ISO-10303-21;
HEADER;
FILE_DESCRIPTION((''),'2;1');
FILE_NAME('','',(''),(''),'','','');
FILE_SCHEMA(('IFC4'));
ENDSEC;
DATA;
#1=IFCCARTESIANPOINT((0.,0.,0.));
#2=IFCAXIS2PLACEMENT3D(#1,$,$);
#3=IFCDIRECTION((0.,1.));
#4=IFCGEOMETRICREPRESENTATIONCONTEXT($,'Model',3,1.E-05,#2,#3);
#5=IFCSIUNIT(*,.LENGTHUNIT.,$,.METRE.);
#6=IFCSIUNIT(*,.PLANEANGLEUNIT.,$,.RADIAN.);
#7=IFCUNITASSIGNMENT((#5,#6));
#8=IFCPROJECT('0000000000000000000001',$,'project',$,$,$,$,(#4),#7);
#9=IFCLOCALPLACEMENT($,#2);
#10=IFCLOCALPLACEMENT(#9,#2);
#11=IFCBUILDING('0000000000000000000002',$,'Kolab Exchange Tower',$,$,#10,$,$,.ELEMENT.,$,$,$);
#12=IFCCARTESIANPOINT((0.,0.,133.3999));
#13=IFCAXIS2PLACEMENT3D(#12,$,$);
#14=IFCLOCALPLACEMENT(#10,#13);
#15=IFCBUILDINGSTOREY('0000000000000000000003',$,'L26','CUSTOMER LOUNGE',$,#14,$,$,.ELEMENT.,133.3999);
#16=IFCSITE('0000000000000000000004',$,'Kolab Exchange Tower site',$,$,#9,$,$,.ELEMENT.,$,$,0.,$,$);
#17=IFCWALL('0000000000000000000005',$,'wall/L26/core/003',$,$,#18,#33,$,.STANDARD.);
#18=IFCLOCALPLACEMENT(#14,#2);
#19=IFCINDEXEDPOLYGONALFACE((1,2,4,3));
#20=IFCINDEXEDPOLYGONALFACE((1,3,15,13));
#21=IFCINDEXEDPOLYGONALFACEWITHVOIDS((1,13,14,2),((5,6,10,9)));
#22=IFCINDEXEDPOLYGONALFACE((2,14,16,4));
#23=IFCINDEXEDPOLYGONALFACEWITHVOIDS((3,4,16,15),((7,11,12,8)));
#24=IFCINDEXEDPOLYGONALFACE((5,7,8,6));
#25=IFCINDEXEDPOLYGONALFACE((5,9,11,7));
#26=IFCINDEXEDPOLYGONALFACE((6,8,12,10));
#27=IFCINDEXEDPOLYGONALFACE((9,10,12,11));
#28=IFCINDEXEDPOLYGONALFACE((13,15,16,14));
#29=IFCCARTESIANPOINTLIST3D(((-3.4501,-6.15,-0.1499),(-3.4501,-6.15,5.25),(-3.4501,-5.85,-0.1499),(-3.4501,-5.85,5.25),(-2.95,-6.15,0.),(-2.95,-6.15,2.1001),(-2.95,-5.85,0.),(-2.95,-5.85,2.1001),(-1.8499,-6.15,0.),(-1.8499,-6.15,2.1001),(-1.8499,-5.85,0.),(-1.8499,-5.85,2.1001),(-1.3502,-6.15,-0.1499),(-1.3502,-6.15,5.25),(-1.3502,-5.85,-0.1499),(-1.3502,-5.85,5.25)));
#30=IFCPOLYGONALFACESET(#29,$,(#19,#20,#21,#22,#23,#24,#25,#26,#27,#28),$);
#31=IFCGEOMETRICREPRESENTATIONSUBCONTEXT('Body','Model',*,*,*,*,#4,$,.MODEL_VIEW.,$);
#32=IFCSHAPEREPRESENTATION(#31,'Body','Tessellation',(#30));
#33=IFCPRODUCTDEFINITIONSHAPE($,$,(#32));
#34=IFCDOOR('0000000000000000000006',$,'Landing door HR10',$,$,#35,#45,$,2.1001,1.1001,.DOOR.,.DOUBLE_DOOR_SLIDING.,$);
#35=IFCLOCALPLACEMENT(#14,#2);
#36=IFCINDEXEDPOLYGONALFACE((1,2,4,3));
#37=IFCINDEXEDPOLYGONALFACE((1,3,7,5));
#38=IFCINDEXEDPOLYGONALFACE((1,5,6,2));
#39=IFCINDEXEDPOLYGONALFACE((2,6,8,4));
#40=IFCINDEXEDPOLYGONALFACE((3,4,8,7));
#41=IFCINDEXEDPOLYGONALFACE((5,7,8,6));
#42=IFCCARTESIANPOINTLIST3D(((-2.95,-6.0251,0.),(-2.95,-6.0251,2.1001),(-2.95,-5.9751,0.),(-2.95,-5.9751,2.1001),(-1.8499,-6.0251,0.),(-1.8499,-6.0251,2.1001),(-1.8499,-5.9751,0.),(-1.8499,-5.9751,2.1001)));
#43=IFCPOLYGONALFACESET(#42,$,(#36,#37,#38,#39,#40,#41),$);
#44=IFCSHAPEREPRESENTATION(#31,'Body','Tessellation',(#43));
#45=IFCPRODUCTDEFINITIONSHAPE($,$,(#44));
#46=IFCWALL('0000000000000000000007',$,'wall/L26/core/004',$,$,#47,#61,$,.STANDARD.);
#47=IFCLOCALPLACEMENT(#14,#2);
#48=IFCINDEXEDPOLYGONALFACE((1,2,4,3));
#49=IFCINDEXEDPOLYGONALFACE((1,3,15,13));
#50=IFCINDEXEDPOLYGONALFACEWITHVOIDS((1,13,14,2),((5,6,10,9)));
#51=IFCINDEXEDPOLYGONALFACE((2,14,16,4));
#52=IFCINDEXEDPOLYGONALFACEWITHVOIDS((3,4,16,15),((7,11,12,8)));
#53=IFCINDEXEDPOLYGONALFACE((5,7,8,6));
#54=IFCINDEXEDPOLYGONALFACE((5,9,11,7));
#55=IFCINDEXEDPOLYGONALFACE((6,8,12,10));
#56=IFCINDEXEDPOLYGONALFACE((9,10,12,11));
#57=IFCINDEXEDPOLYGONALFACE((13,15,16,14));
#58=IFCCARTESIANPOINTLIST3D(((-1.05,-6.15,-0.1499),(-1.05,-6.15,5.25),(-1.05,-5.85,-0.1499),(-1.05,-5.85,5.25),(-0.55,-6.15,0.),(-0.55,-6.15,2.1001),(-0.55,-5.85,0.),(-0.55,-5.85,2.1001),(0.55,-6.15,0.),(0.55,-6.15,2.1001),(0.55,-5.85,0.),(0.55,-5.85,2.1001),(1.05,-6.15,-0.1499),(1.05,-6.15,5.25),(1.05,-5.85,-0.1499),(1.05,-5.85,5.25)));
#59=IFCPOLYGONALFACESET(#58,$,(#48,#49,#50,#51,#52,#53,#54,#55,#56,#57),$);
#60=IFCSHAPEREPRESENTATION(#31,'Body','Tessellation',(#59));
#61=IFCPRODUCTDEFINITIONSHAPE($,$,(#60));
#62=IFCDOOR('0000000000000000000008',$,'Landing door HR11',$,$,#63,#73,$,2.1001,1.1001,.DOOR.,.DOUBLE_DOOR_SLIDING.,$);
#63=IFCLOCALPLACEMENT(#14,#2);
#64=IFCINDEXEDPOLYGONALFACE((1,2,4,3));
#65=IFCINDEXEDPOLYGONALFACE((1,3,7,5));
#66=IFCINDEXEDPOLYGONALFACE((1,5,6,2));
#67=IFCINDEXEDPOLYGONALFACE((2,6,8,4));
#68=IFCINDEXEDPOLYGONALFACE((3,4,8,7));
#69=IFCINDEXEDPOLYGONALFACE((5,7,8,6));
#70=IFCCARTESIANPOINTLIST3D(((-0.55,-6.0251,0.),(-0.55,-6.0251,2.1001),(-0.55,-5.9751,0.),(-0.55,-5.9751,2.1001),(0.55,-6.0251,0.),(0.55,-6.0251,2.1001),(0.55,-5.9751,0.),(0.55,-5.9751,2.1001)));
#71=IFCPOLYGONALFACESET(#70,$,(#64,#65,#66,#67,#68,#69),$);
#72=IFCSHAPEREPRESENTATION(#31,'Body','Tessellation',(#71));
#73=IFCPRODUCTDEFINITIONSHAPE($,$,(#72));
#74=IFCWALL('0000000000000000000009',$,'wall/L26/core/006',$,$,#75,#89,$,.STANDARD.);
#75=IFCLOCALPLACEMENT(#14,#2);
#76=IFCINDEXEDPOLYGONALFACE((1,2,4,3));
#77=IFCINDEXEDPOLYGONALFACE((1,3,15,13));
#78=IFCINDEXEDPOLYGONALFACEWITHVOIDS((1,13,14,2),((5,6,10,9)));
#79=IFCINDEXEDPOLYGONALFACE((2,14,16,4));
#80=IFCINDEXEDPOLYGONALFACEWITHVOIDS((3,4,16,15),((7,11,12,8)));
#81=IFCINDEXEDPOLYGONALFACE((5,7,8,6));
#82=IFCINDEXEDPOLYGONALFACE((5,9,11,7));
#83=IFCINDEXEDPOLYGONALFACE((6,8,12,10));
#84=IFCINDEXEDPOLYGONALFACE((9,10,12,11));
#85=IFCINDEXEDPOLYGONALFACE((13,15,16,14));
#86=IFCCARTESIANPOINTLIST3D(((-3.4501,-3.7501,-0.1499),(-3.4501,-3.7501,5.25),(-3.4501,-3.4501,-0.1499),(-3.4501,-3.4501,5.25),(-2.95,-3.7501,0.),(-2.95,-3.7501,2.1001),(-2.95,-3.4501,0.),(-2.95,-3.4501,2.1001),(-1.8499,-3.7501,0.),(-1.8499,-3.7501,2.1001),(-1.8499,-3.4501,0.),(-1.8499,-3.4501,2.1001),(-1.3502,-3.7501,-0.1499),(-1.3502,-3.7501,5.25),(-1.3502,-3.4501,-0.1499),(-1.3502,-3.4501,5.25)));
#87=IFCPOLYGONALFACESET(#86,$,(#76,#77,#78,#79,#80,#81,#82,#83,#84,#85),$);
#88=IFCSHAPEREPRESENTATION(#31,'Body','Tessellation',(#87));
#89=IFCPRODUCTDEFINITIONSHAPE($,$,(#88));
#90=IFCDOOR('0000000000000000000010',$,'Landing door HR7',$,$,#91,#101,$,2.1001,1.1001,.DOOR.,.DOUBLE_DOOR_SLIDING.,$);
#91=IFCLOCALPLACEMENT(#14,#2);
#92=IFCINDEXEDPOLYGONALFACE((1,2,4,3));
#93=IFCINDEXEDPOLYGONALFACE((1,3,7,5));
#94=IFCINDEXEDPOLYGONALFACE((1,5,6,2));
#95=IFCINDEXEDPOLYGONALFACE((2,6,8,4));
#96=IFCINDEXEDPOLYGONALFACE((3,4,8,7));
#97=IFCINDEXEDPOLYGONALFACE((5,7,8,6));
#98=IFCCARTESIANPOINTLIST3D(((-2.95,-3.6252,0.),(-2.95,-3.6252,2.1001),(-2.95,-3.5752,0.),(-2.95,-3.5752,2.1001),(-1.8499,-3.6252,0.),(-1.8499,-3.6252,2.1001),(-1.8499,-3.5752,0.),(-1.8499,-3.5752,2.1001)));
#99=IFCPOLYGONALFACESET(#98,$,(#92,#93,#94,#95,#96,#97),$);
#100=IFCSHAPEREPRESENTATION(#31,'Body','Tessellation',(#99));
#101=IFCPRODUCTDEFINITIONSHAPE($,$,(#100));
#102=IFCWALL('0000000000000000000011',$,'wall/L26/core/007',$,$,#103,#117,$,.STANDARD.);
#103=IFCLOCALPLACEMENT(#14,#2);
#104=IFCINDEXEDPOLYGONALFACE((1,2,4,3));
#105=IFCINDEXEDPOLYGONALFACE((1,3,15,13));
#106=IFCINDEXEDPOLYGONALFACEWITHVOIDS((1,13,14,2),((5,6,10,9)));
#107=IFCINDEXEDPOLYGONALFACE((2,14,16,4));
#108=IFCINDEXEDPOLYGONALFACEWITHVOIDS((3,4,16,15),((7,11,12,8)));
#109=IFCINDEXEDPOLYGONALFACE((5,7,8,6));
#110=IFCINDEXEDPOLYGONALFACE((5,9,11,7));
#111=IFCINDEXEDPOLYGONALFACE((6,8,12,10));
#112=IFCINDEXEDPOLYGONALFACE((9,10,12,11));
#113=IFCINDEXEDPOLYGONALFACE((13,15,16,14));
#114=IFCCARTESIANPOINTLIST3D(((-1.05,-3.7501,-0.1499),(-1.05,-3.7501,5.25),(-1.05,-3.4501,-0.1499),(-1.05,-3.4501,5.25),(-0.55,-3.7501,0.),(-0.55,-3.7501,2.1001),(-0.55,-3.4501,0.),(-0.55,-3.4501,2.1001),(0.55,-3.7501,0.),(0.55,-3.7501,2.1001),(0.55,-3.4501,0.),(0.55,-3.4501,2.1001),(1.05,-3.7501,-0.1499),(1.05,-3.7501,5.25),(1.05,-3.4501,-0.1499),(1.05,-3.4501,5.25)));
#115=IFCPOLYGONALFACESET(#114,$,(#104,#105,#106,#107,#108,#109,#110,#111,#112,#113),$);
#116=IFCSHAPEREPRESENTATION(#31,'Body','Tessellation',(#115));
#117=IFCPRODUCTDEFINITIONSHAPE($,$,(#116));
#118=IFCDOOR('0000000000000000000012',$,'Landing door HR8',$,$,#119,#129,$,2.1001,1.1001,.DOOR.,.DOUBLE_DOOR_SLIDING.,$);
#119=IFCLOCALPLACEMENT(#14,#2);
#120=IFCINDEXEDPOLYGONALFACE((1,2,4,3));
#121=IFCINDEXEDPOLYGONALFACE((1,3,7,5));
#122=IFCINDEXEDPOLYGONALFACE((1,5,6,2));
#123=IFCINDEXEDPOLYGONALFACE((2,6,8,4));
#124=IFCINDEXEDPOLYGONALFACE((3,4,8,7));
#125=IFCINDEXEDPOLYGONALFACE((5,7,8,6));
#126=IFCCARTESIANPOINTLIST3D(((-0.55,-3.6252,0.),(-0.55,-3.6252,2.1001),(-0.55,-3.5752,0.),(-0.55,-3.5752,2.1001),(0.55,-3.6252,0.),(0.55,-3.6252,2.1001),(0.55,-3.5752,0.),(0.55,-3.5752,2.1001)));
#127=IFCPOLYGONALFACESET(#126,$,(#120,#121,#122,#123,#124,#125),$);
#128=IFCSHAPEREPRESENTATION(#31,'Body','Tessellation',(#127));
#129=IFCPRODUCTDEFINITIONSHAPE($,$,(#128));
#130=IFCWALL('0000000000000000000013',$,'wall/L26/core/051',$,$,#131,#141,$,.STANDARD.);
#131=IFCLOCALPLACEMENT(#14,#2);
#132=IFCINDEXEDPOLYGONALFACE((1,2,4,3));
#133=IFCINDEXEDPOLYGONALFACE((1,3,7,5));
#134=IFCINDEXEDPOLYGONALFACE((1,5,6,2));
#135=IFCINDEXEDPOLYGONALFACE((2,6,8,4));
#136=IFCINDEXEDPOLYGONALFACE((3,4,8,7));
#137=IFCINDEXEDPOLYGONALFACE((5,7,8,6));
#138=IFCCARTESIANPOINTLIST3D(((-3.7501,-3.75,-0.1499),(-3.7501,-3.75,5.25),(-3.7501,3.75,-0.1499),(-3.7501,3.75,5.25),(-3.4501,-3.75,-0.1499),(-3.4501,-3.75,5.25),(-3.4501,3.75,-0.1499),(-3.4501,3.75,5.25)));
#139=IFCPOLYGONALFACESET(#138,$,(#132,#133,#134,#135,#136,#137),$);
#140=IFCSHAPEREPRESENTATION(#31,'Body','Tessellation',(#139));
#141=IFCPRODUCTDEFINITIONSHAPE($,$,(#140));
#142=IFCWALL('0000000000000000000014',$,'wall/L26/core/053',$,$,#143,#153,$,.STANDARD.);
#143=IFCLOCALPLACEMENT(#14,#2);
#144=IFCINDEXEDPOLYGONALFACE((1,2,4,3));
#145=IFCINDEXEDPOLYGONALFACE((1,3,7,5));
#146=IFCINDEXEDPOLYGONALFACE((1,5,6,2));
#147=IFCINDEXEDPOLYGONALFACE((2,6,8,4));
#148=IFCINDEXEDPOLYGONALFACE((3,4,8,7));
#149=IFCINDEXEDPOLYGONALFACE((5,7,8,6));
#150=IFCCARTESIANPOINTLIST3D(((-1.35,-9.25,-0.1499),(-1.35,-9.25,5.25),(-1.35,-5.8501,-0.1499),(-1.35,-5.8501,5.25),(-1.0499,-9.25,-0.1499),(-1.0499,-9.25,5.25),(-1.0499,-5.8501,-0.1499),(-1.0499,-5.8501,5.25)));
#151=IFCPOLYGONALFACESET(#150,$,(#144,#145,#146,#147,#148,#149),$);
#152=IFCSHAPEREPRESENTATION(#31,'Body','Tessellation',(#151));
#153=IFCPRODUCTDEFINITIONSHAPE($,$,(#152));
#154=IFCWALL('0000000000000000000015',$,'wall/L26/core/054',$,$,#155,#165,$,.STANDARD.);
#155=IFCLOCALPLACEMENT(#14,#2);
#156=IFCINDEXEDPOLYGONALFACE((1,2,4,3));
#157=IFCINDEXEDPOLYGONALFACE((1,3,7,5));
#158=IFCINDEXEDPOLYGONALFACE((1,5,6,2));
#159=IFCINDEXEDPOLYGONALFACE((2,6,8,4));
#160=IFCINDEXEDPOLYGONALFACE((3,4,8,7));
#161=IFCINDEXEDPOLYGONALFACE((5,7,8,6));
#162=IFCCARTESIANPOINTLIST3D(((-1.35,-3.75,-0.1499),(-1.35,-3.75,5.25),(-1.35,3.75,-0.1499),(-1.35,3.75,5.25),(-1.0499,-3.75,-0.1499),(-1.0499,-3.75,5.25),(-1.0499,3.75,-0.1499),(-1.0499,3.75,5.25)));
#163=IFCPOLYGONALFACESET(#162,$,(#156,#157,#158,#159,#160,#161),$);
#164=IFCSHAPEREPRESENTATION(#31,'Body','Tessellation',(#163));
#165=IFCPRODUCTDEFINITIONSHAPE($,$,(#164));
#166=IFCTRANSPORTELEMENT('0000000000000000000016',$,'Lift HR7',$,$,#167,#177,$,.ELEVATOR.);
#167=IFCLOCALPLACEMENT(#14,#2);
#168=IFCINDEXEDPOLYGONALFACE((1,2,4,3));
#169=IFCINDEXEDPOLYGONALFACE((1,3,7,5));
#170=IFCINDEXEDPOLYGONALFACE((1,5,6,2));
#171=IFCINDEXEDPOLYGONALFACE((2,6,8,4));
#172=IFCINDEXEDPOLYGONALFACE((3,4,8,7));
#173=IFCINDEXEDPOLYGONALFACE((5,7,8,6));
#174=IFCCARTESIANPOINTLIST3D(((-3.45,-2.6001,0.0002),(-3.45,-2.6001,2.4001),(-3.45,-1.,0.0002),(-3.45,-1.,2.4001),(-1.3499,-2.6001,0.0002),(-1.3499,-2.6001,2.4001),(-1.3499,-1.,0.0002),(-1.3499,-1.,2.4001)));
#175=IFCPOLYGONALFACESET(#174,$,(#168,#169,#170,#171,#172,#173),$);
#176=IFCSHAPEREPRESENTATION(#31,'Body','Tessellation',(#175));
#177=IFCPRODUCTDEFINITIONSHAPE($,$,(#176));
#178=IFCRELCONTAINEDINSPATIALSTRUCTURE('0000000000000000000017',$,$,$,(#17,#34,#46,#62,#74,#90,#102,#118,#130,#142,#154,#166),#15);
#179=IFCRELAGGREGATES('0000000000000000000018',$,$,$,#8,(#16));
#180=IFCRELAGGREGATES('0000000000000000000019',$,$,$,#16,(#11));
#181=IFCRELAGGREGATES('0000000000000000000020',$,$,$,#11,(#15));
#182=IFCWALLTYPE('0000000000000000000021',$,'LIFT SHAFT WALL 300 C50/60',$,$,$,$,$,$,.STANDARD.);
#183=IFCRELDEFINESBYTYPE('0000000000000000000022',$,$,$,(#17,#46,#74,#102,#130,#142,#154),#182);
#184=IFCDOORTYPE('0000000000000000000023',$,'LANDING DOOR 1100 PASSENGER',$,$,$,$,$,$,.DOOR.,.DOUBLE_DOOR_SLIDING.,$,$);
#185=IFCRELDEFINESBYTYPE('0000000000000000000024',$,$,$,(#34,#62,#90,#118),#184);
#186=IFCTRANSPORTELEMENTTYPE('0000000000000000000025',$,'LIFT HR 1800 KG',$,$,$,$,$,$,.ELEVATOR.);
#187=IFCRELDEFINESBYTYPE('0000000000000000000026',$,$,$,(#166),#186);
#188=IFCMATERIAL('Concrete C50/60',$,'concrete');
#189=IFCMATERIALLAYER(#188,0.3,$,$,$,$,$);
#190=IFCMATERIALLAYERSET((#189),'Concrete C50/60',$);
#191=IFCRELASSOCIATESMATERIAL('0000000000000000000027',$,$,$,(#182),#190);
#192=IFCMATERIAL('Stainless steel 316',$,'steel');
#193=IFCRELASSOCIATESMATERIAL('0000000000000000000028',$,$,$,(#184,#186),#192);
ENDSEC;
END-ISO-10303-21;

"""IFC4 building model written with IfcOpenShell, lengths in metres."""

from ifc_helpers import new_model, si_unit, direction, frame, frame_2d, origin, origin_2d, place, context, subcontext, project, spatial, rectangle, extrude, material, layer, layer_set, type_object, element, fill, save


model = new_model("IFC4")

# Units and contexts
model_context = context("Model", 3, precision=1e-05, world=origin(), true_north=direction((0.0, 1.0)))
body_context = subcontext(model_context, "Body", "Model", "MODEL_VIEW")
ifc_project = project(units=[si_unit("LENGTHUNIT", "METRE"), si_unit("PLANEANGLEUNIT", "RADIAN")], contexts=[model_context])

# Site, building, storey
site_placement = place(None, origin())
site = spatial("IfcSite", under=ifc_project, at=site_placement, Name="Kolab Exchange Tower site", CompositionType="ELEMENT", RefElevation=0.0)
building_placement = place(site_placement, origin())
building = spatial("IfcBuilding", under=site, at=building_placement, Name="Kolab Exchange Tower", CompositionType="ELEMENT")
storey_placement = place(building_placement, frame((0.0, 0.0, 133.3999)))
storey = spatial("IfcBuildingStorey", under=building, at=storey_placement, Name="L26", Description="CUSTOMER LOUNGE", CompositionType="ELEMENT", Elevation=133.3999)

# Walls, openings, doors
ifc_material_1 = material(Name="Concrete C50/60", Category="concrete")
ifc_layer = layer(ifc_material_1, 0.3)
ifc_layer_set = layer_set([ifc_layer], Name="Concrete C50/60")
wall_type = type_object("IfcWallType", Name="LIFT SHAFT WALL 300 C50/60", PredefinedType="STANDARD", material=ifc_layer_set)
wall_1_placement = place(storey_placement, frame((-3.45, -6.0, -0.1499), z_axis=(0.0, 0.0, 1.0), x_axis=(1.0, 0.0, 0.0)))
wall_1 = element("IfcWall", 1, at=wall_1_placement, inside=storey, type_object=wall_type, Name="wall/L26/core/003", PredefinedType="STANDARD", context=body_context, shape_type="SweptSolid", body=[
    extrude(rectangle(XDim=2.0999, YDim=0.3, at=frame_2d((1.0498, 0.0))), origin(), (0.0, 0.0, 1.0), 5.3999),
])
opening_1_placement = place(wall_1_placement, frame((0.5, 0.0, 0.1499)))
opening_1 = element("IfcOpeningElement", 2, at=opening_1_placement, cuts=wall_1, PredefinedType="OPENING", context=body_context, shape_type="SweptSolid", body=[
    extrude(rectangle(XDim=1.1001, YDim=2.1001, at=frame_2d((0.55, 1.05))), frame((0.0, 0.1602, 0.0), z_axis=(0.0, -1.0, 0.0), x_axis=(1.0, 0.0, 0.0)), (0.0, 0.0, 1.0), 0.3201),
])
ifc_material_2 = material(Name="Stainless steel 316", Category="steel")
door_type = type_object("IfcDoorType", Name="LANDING DOOR 1100 PASSENGER", OperationType="DOUBLE_DOOR_SLIDING", PredefinedType="DOOR", material=ifc_material_2)
door_1_placement = place(opening_1_placement, origin())
door_1 = element("IfcDoor", 3, at=door_1_placement, inside=storey, type_object=door_type, Name="Landing door HR10", OperationType="DOUBLE_DOOR_SLIDING", OverallHeight=2.1001, OverallWidth=1.1001, PredefinedType="DOOR", context=body_context, shape_type="SweptSolid", body=[
    extrude(rectangle(XDim=1.1001, YDim=2.1001, at=frame_2d((0.55, 1.05))), frame((0.0, 0.0249, 0.0), z_axis=(0.0, -1.0, 0.0), x_axis=(1.0, 0.0, 0.0)), (0.0, 0.0, 1.0), 0.05),
])
fill(opening_1, door_1)
wall_2_placement = place(storey_placement, frame((-1.05, -6.0, -0.1499), z_axis=(0.0, 0.0, 1.0), x_axis=(1.0, 0.0, 0.0)))
wall_2 = element("IfcWall", 4, at=wall_2_placement, inside=storey, type_object=wall_type, Name="wall/L26/core/004", PredefinedType="STANDARD", context=body_context, shape_type="SweptSolid", body=[
    extrude(rectangle(XDim=2.1001, YDim=0.3, at=frame_2d((1.05, 0.0))), origin(), (0.0, 0.0, 1.0), 5.3999),
])
opening_2_placement = place(wall_2_placement, frame((0.5, 0.0, 0.1499)))
opening_2 = element("IfcOpeningElement", 5, at=opening_2_placement, cuts=wall_2, PredefinedType="OPENING", context=body_context, shape_type="SweptSolid", body=[
    extrude(rectangle(XDim=1.1001, YDim=2.1001, at=frame_2d((0.55, 1.05))), frame((0.0, 0.1602, 0.0), z_axis=(0.0, -1.0, 0.0), x_axis=(1.0, 0.0, 0.0)), (0.0, 0.0, 1.0), 0.3201),
])
door_2_placement = place(opening_2_placement, origin())
door_2 = element("IfcDoor", 6, at=door_2_placement, inside=storey, type_object=door_type, Name="Landing door HR11", OperationType="DOUBLE_DOOR_SLIDING", OverallHeight=2.1001, OverallWidth=1.1001, PredefinedType="DOOR", context=body_context, shape_type="SweptSolid", body=[
    extrude(rectangle(XDim=1.1001, YDim=2.1001, at=frame_2d((0.55, 1.05))), frame((0.0, 0.0249, 0.0), z_axis=(0.0, -1.0, 0.0), x_axis=(1.0, 0.0, 0.0)), (0.0, 0.0, 1.0), 0.05),
])
fill(opening_2, door_2)
wall_3_placement = place(storey_placement, frame((-3.45, -3.6001, -0.1499), z_axis=(0.0, 0.0, 1.0), x_axis=(1.0, 0.0, 0.0)))
wall_3 = element("IfcWall", 7, at=wall_3_placement, inside=storey, type_object=wall_type, Name="wall/L26/core/006", PredefinedType="STANDARD", context=body_context, shape_type="SweptSolid", body=[
    extrude(rectangle(XDim=2.0999, YDim=0.3, at=frame_2d((1.0498, 0.0))), origin(), (0.0, 0.0, 1.0), 5.3999),
])
opening_3_placement = place(wall_3_placement, frame((0.5, 0.0, 0.1499)))
opening_3 = element("IfcOpeningElement", 8, at=opening_3_placement, cuts=wall_3, PredefinedType="OPENING", context=body_context, shape_type="SweptSolid", body=[
    extrude(rectangle(XDim=1.1001, YDim=2.1001, at=frame_2d((0.55, 1.05))), frame((0.0, 0.1602, 0.0), z_axis=(0.0, -1.0, 0.0), x_axis=(1.0, 0.0, 0.0)), (0.0, 0.0, 1.0), 0.3201),
])
door_3_placement = place(opening_3_placement, origin())
door_3 = element("IfcDoor", 9, at=door_3_placement, inside=storey, type_object=door_type, Name="Landing door HR7", OperationType="DOUBLE_DOOR_SLIDING", OverallHeight=2.1001, OverallWidth=1.1001, PredefinedType="DOOR", context=body_context, shape_type="SweptSolid", body=[
    extrude(rectangle(XDim=1.1001, YDim=2.1001, at=frame_2d((0.55, 1.05))), frame((0.0, 0.0249, 0.0), z_axis=(0.0, -1.0, 0.0), x_axis=(1.0, 0.0, 0.0)), (0.0, 0.0, 1.0), 0.05),
])
fill(opening_3, door_3)
wall_4_placement = place(storey_placement, frame((-1.05, -3.6001, -0.1499), z_axis=(0.0, 0.0, 1.0), x_axis=(1.0, 0.0, 0.0)))
wall_4 = element("IfcWall", 10, at=wall_4_placement, inside=storey, type_object=wall_type, Name="wall/L26/core/007", PredefinedType="STANDARD", context=body_context, shape_type="SweptSolid", body=[
    extrude(rectangle(XDim=2.1001, YDim=0.3, at=frame_2d((1.05, 0.0))), origin(), (0.0, 0.0, 1.0), 5.3999),
])
opening_4_placement = place(wall_4_placement, frame((0.5, 0.0, 0.1499)))
opening_4 = element("IfcOpeningElement", 11, at=opening_4_placement, cuts=wall_4, PredefinedType="OPENING", context=body_context, shape_type="SweptSolid", body=[
    extrude(rectangle(XDim=1.1001, YDim=2.1001, at=frame_2d((0.55, 1.05))), frame((0.0, 0.1602, 0.0), z_axis=(0.0, -1.0, 0.0), x_axis=(1.0, 0.0, 0.0)), (0.0, 0.0, 1.0), 0.3201),
])
door_4_placement = place(opening_4_placement, origin())
door_4 = element("IfcDoor", 12, at=door_4_placement, inside=storey, type_object=door_type, Name="Landing door HR8", OperationType="DOUBLE_DOOR_SLIDING", OverallHeight=2.1001, OverallWidth=1.1001, PredefinedType="DOOR", context=body_context, shape_type="SweptSolid", body=[
    extrude(rectangle(XDim=1.1001, YDim=2.1001, at=frame_2d((0.55, 1.05))), frame((0.0, 0.0249, 0.0), z_axis=(0.0, -1.0, 0.0), x_axis=(1.0, 0.0, 0.0)), (0.0, 0.0, 1.0), 0.05),
])
fill(opening_4, door_4)

# Walls
wall_5_placement = place(storey_placement, frame((-3.6001, -3.75, -0.1499), z_axis=(0.0, 0.0, 1.0), x_axis=(0.0, 1.0, 0.0)))
element("IfcWall", 13, at=wall_5_placement, inside=storey, type_object=wall_type, Name="wall/L26/core/051", PredefinedType="STANDARD", context=body_context, shape_type="SweptSolid", body=[
    extrude(rectangle(XDim=7.5, YDim=0.3, at=frame_2d((3.75, 0.0))), origin(), (0.0, 0.0, 1.0), 5.3999),
])
wall_6_placement = place(storey_placement, frame((-1.2, -9.25, -0.1499), z_axis=(0.0, 0.0, 1.0), x_axis=(0.0, 1.0, 0.0)))
element("IfcWall", 14, at=wall_6_placement, inside=storey, type_object=wall_type, Name="wall/L26/core/053", PredefinedType="STANDARD", context=body_context, shape_type="SweptSolid", body=[
    extrude(rectangle(XDim=3.3999, YDim=0.3, at=frame_2d((1.7, 0.0))), origin(), (0.0, 0.0, 1.0), 5.3999),
])
wall_7_placement = place(storey_placement, frame((-1.2, -3.75, -0.1499), z_axis=(0.0, 0.0, 1.0), x_axis=(0.0, 1.0, 0.0)))
element("IfcWall", 15, at=wall_7_placement, inside=storey, type_object=wall_type, Name="wall/L26/core/054", PredefinedType="STANDARD", context=body_context, shape_type="SweptSolid", body=[
    extrude(rectangle(XDim=7.5, YDim=0.3, at=frame_2d((3.75, 0.0))), origin(), (0.0, 0.0, 1.0), 5.3999),
])

# Transport element
transport_element_type = type_object("IfcTransportElementType", Name="LIFT HR 1800 KG", PredefinedType="ELEVATOR", material=ifc_material_2)
for number, where, z_axis, x_axis, name in (
    (16, (-2.3999, -1.8, 0.0002), (0.0, 0.0, 1.0), (1.0, 0.0, 0.0), "Lift HR7"),
):
    element("IfcTransportElement", number, at=place(storey_placement, frame(where, z_axis=z_axis, x_axis=x_axis)), inside=storey, type_object=transport_element_type, Name=name, PredefinedType="ELEVATOR", context=body_context, shape_type="SweptSolid", body=[
        extrude(rectangle(XDim=2.1001, YDim=1.6001, at=origin_2d()), origin(), (0.0, 0.0, 1.0), 2.3999),
    ])

save(model, "model.ifc")
